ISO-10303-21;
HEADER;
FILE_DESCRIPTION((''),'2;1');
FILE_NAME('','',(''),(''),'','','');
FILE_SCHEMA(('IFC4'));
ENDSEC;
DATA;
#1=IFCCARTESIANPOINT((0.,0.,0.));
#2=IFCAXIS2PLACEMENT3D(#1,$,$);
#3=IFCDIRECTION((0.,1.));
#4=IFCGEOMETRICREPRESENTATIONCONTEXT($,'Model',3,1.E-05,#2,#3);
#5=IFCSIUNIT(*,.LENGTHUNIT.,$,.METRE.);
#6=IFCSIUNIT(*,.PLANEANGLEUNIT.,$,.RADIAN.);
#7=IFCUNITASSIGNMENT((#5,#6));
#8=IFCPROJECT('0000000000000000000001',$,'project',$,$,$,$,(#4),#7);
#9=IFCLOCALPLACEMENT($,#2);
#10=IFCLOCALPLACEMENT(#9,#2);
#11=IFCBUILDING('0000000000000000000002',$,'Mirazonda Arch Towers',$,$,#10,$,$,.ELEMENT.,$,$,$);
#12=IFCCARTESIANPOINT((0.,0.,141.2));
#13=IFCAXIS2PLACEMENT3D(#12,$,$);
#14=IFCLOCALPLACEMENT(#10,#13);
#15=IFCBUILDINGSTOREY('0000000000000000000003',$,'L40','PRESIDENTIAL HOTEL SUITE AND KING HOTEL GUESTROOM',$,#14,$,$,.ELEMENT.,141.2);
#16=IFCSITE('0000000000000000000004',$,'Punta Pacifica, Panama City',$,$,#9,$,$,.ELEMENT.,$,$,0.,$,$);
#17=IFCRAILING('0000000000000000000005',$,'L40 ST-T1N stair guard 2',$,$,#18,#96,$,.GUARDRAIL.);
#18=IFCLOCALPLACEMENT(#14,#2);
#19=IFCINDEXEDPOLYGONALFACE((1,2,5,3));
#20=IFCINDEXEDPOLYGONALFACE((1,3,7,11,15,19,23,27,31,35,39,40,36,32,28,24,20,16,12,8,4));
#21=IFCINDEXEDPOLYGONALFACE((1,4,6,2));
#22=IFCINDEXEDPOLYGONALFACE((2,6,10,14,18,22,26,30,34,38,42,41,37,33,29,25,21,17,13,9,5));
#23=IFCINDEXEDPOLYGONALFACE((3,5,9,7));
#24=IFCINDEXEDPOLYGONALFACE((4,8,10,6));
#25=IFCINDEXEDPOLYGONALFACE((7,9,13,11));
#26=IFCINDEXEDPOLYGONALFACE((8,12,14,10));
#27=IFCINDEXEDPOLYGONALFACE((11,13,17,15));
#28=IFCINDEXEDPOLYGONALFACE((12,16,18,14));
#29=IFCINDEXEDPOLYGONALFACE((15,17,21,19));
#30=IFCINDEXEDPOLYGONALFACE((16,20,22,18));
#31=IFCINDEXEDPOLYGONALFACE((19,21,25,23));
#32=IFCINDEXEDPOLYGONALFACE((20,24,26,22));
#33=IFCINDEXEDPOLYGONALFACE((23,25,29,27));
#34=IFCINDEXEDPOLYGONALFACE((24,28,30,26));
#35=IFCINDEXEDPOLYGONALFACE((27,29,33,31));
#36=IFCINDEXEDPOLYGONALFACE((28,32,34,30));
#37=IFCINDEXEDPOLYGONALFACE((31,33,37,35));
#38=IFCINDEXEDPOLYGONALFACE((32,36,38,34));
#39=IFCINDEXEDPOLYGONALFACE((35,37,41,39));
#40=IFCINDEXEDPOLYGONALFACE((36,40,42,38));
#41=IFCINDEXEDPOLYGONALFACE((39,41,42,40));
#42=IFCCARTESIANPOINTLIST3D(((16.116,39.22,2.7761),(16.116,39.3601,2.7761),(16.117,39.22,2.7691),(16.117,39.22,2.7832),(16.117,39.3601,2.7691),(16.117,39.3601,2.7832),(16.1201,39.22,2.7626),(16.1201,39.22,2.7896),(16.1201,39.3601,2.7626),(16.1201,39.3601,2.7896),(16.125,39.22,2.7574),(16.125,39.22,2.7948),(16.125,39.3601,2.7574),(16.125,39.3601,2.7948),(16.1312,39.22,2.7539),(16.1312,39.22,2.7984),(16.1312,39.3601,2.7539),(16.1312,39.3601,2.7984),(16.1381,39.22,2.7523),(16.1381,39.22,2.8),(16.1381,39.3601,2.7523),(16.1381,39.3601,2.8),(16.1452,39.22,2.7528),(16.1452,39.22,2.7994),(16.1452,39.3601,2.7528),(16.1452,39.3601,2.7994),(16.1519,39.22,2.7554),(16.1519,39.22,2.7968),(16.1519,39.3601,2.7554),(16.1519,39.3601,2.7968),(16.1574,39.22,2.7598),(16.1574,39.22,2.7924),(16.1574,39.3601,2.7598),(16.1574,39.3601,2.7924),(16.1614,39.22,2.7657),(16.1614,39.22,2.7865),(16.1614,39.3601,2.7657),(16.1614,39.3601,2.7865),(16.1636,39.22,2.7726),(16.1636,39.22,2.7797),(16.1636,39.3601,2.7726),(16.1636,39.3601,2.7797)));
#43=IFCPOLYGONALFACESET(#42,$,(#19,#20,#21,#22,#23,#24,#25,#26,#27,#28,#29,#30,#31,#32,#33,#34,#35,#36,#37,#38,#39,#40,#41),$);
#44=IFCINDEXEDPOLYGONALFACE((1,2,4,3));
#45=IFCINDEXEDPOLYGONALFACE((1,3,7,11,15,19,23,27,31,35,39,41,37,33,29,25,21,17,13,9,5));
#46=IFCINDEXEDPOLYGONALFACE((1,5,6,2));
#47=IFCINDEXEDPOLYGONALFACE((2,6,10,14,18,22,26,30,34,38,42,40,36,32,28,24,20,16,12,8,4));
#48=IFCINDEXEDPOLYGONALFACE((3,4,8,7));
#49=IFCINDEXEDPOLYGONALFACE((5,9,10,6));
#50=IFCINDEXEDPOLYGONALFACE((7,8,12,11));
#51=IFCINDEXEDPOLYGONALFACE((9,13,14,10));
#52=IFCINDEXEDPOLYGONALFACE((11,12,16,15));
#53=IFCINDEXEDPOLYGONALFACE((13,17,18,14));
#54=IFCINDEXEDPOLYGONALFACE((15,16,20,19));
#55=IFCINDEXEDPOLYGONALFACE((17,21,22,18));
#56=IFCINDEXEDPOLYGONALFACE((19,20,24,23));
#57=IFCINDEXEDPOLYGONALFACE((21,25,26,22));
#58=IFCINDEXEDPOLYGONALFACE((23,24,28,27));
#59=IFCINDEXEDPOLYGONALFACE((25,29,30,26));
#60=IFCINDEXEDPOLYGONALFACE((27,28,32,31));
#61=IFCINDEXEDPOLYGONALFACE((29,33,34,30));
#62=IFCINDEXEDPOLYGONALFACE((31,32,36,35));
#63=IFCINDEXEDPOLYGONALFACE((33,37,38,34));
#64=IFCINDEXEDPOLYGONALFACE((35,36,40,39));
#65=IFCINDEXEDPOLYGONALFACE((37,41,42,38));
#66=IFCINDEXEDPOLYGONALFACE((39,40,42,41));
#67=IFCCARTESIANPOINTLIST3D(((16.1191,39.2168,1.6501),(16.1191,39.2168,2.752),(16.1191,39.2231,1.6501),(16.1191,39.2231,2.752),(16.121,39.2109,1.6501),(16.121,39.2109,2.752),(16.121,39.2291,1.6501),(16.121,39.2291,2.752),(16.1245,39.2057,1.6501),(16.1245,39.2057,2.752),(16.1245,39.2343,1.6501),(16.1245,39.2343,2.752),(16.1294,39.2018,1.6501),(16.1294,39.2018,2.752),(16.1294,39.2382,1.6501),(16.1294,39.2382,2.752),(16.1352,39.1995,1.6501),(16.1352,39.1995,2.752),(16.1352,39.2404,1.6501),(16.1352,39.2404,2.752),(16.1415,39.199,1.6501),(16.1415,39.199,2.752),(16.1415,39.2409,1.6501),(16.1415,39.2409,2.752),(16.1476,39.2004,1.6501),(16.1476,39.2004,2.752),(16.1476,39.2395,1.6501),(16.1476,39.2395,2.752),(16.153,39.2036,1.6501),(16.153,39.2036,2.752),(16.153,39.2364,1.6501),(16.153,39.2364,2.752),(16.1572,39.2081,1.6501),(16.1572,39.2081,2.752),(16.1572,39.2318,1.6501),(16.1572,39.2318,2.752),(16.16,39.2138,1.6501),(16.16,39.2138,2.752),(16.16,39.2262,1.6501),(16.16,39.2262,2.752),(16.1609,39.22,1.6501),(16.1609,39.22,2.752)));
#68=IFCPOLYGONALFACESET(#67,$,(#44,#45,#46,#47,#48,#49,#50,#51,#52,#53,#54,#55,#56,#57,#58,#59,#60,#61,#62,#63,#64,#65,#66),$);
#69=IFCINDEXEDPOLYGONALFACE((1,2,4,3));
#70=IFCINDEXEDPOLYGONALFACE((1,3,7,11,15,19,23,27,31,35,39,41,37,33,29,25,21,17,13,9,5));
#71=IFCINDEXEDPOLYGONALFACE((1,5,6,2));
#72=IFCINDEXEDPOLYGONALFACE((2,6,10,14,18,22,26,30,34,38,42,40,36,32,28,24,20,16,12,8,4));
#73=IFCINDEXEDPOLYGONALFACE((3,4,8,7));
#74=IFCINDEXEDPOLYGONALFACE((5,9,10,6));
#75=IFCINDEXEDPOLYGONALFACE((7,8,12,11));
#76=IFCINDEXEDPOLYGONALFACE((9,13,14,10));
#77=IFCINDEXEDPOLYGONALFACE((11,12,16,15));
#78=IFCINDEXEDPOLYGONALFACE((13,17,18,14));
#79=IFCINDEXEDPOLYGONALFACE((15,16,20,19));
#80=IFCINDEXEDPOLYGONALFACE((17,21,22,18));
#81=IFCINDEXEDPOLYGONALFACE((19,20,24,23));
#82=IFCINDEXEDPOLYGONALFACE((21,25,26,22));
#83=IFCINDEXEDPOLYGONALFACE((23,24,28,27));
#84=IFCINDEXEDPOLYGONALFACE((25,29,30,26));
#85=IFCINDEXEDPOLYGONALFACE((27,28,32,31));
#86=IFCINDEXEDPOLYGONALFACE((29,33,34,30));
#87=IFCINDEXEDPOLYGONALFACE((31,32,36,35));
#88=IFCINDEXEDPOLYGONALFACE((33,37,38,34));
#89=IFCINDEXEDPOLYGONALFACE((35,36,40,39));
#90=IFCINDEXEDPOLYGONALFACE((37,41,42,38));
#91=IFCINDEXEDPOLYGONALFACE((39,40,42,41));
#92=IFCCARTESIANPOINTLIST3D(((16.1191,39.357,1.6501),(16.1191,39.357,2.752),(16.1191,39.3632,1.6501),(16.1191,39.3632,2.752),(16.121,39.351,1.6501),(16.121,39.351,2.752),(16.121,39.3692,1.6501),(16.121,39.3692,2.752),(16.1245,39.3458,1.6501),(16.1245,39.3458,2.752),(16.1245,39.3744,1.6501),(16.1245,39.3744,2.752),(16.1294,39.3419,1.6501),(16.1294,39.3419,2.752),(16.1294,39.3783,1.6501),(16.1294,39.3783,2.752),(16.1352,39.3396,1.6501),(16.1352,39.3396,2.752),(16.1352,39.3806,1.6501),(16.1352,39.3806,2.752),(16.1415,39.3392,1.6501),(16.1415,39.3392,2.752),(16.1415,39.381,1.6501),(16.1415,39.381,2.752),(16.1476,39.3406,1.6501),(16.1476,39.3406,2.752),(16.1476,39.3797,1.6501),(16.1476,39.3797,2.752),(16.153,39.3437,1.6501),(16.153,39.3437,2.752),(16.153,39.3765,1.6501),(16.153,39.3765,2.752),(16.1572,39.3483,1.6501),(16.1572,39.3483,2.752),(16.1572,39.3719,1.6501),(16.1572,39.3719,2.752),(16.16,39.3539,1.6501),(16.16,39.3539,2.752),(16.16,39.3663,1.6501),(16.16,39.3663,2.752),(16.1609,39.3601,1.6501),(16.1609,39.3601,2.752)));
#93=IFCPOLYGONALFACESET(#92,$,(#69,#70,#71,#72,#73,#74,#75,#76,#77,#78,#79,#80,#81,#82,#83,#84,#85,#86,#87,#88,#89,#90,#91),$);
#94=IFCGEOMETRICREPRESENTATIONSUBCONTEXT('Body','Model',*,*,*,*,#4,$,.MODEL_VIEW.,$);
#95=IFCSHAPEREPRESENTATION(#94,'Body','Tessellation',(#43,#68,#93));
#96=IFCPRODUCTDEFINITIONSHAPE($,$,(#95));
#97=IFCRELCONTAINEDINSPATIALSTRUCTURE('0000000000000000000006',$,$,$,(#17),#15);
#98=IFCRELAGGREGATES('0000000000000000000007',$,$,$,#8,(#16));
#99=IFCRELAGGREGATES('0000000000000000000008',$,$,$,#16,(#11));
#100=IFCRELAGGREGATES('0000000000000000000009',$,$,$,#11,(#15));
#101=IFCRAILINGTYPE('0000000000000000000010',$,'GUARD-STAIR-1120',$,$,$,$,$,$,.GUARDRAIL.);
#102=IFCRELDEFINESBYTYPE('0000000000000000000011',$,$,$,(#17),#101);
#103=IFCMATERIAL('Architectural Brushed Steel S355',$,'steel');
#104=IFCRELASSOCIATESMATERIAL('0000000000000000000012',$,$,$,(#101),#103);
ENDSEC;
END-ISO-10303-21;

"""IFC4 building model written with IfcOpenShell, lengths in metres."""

from ifc_helpers import new_model, si_unit, direction, frame, origin, origin_2d, place, context, subcontext, project, spatial, circle, extrude, material, type_object, element, save


model = new_model("IFC4")

# Units and contexts
model_context = context("Model", 3, precision=1e-05, world=origin(), true_north=direction((0.0, 1.0)))
body_context = subcontext(model_context, "Body", "Model", "MODEL_VIEW")
ifc_project = project(units=[si_unit("LENGTHUNIT", "METRE"), si_unit("PLANEANGLEUNIT", "RADIAN")], contexts=[model_context])

# Site, building, storey
site_placement = place(None, origin())
site = spatial("IfcSite", under=ifc_project, at=site_placement, Name="Punta Pacifica, Panama City", CompositionType="ELEMENT", RefElevation=0.0)
building_placement = place(site_placement, origin())
building = spatial("IfcBuilding", under=site, at=building_placement, Name="Mirazonda Arch Towers", CompositionType="ELEMENT")
storey_placement = place(building_placement, frame((0.0, 0.0, 141.2)))
storey = spatial("IfcBuildingStorey", under=building, at=storey_placement, Name="L40", Description="PRESIDENTIAL HOTEL SUITE AND KING HOTEL GUESTROOM", CompositionType="ELEMENT", Elevation=141.2)

# Shared definitions
ifc_material_1 = material(Name="Architectural Brushed Steel S355", Category="steel")

# Railing
railing_type_1 = type_object("IfcRailingType", Name="GUARD-STAIR-1120", PredefinedType="GUARDRAIL", material=ifc_material_1)
railing_1_placement = place(storey_placement, frame((16.1399, 39.22, 1.6501)))
element("IfcRailing", 1, at=railing_1_placement, inside=storey, type_object=railing_type_1, Name="L40 ST-T1N stair guard 2", PredefinedType="GUARDRAIL", context=body_context, shape_type="SweptSolid", body=[
    extrude(circle(Radius=0.0239, at=origin_2d()), frame((0.0, 0.0, 1.126), z_axis=(0.0, 1.0, 0.0), x_axis=(-1.0, 0.0, 0.0)), (0.0, 0.0, 1.0), 0.1401),
    extrude(circle(Radius=0.021, at=origin_2d()), origin(), (0.0, 0.0, 1.0), 1.1018),
    extrude(circle(Radius=0.021, at=origin_2d()), frame((0.0, 0.1401, 0.0)), (0.0, 0.0, 1.0), 1.1018),
])

save(model, "model.ifc")
